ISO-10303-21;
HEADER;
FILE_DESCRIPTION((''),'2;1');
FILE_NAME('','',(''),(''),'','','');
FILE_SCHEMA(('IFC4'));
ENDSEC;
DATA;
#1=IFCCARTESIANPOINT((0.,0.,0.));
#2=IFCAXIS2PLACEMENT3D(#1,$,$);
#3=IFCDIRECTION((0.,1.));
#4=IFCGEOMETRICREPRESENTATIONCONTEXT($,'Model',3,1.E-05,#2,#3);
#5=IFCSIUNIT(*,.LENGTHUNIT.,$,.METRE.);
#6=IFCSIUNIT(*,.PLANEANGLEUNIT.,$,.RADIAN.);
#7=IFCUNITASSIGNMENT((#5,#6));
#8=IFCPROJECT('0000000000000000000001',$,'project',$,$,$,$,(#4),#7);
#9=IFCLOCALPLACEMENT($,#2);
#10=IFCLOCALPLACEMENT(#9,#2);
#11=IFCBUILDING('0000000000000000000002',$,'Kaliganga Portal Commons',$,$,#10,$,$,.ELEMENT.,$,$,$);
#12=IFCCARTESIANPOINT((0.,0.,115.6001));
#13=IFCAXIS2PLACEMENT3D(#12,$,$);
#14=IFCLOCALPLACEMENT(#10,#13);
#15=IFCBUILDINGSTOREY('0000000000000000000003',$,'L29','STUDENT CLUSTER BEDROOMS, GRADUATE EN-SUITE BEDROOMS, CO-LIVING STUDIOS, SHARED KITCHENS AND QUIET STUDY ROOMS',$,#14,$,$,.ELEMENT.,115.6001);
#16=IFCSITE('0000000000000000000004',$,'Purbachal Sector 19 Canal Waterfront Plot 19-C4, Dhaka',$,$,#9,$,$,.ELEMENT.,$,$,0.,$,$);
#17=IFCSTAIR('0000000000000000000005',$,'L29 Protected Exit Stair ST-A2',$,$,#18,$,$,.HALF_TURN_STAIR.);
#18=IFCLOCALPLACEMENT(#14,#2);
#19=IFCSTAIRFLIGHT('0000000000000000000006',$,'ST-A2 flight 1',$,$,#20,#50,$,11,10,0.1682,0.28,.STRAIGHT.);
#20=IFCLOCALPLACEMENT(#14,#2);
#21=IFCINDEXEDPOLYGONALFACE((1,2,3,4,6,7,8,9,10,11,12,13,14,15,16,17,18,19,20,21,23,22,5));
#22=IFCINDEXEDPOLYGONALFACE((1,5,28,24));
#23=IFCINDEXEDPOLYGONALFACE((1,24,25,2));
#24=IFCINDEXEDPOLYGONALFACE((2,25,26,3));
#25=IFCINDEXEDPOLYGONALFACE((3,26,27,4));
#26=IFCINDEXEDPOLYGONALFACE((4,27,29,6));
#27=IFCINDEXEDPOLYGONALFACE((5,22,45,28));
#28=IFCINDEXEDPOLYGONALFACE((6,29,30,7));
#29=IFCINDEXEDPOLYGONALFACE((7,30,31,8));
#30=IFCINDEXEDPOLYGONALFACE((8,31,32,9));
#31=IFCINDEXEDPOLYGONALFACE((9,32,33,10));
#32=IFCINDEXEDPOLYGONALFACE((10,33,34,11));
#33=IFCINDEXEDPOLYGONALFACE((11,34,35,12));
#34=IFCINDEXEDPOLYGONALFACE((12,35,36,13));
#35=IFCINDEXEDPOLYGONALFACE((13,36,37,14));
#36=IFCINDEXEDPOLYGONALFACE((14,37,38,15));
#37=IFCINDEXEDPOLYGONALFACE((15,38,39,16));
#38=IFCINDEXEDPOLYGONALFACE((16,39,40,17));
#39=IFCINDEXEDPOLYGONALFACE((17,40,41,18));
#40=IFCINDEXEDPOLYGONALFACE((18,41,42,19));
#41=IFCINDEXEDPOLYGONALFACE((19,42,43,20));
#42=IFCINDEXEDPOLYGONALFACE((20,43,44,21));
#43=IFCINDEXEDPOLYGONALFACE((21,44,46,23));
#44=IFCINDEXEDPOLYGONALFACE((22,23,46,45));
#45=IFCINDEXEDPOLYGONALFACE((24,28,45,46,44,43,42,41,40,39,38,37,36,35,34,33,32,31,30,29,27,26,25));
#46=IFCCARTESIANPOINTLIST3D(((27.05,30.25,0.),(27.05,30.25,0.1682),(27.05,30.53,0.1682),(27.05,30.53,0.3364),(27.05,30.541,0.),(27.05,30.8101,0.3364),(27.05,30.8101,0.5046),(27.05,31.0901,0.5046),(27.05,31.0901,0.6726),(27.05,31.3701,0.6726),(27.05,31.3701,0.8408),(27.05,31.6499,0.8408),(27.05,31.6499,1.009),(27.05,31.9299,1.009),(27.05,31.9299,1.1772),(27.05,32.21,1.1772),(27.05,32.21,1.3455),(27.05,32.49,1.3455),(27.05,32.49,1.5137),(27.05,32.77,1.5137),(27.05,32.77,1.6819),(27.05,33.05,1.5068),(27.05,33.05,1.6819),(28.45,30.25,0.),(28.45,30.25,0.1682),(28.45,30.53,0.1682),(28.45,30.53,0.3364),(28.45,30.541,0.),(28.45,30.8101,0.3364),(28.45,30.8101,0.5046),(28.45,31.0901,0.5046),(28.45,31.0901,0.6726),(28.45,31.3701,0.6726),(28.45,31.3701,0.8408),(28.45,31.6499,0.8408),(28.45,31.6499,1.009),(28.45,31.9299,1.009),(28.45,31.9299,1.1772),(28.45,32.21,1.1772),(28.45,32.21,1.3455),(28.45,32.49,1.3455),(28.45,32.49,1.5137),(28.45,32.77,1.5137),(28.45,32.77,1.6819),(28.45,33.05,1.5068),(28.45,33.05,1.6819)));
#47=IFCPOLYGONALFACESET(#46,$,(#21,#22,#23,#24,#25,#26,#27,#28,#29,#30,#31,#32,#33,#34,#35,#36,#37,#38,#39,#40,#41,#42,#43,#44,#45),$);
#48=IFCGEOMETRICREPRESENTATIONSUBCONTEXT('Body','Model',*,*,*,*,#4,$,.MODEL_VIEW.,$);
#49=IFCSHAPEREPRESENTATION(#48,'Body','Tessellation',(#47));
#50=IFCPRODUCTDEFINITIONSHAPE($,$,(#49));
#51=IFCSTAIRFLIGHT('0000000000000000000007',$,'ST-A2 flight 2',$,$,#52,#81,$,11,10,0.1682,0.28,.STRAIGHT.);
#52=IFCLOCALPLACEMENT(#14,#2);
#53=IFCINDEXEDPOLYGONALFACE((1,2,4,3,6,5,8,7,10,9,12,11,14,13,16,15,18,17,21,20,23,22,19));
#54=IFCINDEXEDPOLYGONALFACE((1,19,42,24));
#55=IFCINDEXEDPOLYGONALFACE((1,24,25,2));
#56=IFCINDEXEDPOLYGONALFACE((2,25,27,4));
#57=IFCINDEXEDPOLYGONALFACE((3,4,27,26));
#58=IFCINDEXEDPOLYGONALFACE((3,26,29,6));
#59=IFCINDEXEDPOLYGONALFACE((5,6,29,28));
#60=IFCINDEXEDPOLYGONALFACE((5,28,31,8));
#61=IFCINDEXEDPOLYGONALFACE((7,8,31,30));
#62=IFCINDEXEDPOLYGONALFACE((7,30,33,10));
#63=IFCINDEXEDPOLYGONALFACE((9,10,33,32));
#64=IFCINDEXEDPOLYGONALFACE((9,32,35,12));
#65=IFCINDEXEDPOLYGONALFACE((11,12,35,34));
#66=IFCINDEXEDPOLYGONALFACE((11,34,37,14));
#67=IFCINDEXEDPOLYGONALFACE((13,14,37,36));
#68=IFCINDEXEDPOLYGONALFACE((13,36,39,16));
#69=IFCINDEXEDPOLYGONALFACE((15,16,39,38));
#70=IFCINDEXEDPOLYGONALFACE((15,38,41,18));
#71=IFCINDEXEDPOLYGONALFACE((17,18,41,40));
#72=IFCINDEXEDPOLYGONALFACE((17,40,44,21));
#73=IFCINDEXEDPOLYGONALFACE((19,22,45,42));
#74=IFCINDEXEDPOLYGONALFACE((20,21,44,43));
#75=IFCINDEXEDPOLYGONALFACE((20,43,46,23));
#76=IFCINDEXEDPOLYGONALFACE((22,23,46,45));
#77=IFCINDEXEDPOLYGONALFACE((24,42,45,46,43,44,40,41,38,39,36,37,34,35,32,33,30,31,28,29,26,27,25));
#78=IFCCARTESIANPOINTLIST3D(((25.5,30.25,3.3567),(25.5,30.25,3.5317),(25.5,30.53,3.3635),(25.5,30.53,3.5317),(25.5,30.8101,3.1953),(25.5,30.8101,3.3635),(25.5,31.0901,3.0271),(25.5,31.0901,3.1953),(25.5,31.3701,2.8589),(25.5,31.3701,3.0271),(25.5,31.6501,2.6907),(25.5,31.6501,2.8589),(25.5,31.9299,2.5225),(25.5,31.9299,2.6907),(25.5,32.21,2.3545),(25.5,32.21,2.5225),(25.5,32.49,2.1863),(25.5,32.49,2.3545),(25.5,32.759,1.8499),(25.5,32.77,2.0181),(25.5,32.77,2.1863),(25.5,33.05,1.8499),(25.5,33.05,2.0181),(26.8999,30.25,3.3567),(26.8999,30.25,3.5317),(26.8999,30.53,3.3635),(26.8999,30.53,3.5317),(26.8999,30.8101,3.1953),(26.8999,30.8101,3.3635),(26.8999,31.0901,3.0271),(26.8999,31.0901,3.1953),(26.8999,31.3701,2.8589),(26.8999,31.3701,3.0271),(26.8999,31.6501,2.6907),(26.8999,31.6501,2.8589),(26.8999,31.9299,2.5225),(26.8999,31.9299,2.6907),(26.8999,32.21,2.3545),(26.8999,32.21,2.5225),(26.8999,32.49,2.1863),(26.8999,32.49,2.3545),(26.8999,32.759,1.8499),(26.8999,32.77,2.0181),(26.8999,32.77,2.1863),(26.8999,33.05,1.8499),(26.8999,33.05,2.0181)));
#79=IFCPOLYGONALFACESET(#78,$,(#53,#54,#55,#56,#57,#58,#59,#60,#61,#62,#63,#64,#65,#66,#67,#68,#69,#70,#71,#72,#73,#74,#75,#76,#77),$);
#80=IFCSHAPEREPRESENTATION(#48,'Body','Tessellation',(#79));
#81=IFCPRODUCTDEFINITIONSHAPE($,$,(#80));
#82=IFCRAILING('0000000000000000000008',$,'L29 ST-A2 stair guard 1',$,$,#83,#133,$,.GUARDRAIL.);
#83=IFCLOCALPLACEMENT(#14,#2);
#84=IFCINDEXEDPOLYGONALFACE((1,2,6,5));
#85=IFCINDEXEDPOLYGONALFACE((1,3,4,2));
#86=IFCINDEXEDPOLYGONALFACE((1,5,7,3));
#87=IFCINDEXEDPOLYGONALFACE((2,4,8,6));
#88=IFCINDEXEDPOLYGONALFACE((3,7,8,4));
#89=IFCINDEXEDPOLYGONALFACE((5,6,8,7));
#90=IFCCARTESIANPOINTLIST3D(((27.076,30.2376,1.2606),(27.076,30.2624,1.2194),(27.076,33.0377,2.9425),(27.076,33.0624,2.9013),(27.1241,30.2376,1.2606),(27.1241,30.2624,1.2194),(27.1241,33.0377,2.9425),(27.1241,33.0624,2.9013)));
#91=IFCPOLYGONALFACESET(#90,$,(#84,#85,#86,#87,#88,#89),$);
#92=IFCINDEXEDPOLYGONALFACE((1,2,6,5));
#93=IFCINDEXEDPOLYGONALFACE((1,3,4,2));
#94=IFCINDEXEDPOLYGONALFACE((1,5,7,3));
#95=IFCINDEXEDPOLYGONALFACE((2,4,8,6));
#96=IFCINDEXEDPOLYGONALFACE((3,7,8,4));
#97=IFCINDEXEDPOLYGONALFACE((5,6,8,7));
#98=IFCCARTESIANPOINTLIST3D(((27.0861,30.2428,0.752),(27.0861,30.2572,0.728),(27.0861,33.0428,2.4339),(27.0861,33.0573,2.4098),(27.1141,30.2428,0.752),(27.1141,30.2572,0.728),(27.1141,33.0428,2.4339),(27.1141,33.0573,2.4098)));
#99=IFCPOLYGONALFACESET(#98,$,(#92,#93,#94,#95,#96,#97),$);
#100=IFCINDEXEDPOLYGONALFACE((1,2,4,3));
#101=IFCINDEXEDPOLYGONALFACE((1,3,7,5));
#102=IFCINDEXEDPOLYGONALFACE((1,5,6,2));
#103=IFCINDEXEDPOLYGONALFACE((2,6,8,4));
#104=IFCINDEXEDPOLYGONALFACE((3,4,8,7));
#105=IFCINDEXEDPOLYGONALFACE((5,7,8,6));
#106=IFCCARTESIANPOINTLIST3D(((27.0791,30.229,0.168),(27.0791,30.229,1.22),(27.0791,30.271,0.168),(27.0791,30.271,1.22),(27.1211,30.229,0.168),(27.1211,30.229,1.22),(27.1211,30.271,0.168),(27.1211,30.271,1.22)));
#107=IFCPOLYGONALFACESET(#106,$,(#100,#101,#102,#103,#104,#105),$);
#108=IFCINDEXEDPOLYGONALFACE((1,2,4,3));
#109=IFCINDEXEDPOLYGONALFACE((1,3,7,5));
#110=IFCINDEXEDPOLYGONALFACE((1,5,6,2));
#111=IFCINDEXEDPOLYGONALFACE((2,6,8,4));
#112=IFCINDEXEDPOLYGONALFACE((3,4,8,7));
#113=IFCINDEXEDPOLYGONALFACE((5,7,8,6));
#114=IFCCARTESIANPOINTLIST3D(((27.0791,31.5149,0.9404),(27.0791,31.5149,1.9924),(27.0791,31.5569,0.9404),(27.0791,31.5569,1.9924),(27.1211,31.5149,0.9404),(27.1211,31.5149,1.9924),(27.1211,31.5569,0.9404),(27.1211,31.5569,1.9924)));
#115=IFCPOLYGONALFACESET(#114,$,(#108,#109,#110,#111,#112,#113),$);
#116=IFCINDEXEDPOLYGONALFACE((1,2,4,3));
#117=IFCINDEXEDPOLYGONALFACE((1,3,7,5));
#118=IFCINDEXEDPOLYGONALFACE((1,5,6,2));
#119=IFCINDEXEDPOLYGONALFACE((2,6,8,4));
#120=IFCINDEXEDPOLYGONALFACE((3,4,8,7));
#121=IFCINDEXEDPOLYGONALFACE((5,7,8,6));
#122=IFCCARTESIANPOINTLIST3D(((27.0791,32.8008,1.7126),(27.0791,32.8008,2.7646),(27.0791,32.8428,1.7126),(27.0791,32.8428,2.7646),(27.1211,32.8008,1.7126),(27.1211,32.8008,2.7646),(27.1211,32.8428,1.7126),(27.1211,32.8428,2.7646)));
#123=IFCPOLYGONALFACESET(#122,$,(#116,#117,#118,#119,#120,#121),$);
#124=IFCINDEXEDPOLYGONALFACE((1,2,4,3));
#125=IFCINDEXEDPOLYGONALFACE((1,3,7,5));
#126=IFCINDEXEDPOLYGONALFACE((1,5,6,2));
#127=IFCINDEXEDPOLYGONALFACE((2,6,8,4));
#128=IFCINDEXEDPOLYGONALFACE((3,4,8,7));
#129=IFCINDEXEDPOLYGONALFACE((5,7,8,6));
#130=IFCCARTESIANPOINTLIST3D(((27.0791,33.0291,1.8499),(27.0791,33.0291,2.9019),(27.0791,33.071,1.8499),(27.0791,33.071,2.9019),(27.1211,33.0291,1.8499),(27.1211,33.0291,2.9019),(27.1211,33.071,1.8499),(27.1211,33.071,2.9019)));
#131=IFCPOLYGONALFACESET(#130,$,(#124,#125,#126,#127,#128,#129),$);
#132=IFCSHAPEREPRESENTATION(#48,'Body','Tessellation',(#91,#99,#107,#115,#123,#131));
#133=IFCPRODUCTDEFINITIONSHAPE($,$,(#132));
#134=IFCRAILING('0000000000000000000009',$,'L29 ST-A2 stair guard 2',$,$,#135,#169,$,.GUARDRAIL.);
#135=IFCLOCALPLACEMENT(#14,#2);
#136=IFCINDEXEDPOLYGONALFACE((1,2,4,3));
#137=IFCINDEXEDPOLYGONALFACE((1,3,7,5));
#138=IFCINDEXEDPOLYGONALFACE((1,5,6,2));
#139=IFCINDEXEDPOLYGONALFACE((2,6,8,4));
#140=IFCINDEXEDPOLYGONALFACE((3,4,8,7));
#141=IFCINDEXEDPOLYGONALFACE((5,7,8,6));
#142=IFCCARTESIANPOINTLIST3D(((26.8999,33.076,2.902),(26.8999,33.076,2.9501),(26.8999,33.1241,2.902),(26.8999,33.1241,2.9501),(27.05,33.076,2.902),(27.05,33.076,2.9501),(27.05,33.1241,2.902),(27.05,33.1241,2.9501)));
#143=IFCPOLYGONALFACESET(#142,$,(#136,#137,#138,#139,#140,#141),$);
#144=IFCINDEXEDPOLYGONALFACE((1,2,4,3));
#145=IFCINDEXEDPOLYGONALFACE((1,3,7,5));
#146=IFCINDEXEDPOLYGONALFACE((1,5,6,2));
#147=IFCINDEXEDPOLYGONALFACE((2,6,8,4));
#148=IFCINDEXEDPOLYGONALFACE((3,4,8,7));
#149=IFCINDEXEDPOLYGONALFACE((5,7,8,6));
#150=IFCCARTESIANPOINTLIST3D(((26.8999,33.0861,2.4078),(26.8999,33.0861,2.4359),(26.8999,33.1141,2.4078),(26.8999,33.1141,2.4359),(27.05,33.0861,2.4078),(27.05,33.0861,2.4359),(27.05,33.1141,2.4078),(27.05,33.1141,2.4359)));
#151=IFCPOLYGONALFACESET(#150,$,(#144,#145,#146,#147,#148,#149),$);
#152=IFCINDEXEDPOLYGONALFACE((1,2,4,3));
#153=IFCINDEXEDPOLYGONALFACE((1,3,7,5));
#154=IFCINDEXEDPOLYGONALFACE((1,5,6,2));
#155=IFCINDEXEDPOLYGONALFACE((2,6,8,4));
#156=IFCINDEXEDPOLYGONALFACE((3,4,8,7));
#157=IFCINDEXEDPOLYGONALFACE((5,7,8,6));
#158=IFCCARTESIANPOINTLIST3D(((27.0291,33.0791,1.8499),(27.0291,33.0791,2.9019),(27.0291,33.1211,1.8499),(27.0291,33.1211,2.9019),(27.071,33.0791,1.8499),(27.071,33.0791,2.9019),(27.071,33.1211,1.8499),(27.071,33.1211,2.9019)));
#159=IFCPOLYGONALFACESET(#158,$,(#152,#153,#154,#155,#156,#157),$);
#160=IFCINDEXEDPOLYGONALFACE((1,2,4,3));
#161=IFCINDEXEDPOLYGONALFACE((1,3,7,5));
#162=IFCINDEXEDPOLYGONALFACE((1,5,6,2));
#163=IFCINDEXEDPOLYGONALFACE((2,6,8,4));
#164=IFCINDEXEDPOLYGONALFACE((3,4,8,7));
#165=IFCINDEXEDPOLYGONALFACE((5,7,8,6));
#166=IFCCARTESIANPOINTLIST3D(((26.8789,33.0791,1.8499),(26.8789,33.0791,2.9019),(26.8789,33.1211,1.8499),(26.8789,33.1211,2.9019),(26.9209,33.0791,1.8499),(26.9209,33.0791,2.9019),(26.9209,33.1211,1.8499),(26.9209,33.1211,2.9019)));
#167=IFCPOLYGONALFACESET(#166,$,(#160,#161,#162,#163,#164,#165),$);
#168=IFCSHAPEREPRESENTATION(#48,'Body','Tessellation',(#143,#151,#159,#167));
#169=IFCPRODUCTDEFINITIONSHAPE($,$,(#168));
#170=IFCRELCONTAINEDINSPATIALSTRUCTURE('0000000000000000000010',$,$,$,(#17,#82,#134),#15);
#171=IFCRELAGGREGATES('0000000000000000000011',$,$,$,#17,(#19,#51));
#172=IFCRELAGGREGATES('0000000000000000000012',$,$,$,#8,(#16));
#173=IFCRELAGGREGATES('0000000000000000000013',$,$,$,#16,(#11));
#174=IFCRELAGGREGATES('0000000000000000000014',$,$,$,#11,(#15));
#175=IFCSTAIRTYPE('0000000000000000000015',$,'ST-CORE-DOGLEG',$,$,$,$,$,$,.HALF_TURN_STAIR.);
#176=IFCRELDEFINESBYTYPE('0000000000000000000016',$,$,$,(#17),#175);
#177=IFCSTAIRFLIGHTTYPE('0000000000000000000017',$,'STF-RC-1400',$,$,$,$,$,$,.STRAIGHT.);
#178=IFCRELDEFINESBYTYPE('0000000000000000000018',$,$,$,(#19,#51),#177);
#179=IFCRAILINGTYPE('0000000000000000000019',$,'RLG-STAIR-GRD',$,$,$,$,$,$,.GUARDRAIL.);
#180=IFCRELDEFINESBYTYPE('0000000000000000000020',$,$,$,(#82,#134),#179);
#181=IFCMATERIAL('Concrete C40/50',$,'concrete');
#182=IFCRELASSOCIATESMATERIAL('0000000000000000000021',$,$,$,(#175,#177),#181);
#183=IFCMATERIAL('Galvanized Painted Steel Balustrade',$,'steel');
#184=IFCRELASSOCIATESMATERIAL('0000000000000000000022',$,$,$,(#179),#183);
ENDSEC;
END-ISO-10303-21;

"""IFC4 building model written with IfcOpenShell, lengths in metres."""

from ifc_helpers import new_model, si_unit, direction, frame, origin, origin_2d, place, context, subcontext, project, spatial, polyline, rectangle, outline, extrude, material, type_object, element, aggregate, save


model = new_model("IFC4")

# Units and contexts
model_context = context("Model", 3, precision=1e-05, world=origin(), true_north=direction((0.0, 1.0)))
body_context = subcontext(model_context, "Body", "Model", "MODEL_VIEW")
ifc_project = project(units=[si_unit("LENGTHUNIT", "METRE"), si_unit("PLANEANGLEUNIT", "RADIAN")], contexts=[model_context])

# Site, building, storey
site_placement = place(None, origin())
site = spatial("IfcSite", under=ifc_project, at=site_placement, Name="Purbachal Sector 19 Canal Waterfront Plot 19-C4, Dhaka", CompositionType="ELEMENT", RefElevation=0.0)
building_placement = place(site_placement, origin())
building = spatial("IfcBuilding", under=site, at=building_placement, Name="Kaliganga Portal Commons", CompositionType="ELEMENT")
storey_placement = place(building_placement, frame((0.0, 0.0, 115.6001)))
storey = spatial("IfcBuildingStorey", under=building, at=storey_placement, Name="L29", Description="STUDENT CLUSTER BEDROOMS, GRADUATE EN-SUITE BEDROOMS, CO-LIVING STUDIOS, SHARED KITCHENS AND QUIET STUDY ROOMS", CompositionType="ELEMENT", Elevation=115.6001)

# Stair, stair flights
ifc_material_1 = material(Name="Concrete C40/50", Category="concrete")
stair_type = type_object("IfcStairType", Name="ST-CORE-DOGLEG", PredefinedType="HALF_TURN_STAIR", material=ifc_material_1)
stair_placement = place(storey_placement, origin())
stair = element("IfcStair", 1, at=stair_placement, inside=storey, type_object=stair_type, Name="L29 Protected Exit Stair ST-A2", PredefinedType="HALF_TURN_STAIR")
stair_flight_type = type_object("IfcStairFlightType", Name="STF-RC-1400", PredefinedType="STRAIGHT", material=ifc_material_1)
stair_flight_1_placement = place(storey_placement, frame((27.75, 30.25, 0.0), z_axis=(0.0, 0.0, 1.0), x_axis=(0.0, 1.0, 0.0)))
stair_flight_1 = element("IfcStairFlight", 2, at=stair_flight_1_placement, type_object=stair_flight_type, Name="ST-A2 flight 1", NumberOfRisers=11, NumberOfTreads=10, PredefinedType="STRAIGHT", RiserHeight=0.1682, TreadLength=0.28, context=body_context, shape_type="SweptSolid", body=[
    extrude(outline(polyline([(0.0, 0.0), (0.0, 0.1682), (0.28, 0.1682), (0.28, 0.3364), (0.5601, 0.3364), (0.5601, 0.5046), (0.8401, 0.5046), (0.8401, 0.6726), (1.1201, 0.6726), (1.1201, 0.8408), (1.3999, 0.8408), (1.3999, 1.009), (1.6799, 1.009), (1.6799, 1.1772), (1.96, 1.1772), (1.96, 1.3455), (2.24, 1.3455), (2.24, 1.5137), (2.52, 1.5137), (2.52, 1.6819), (2.8, 1.6819), (2.8, 1.8501), (2.8, 1.5068), (0.291, 0.0), (0.0, 0.0)])), frame((0.0, 0.7, 0.0), z_axis=(0.0, -1.0, 0.0), x_axis=(1.0, 0.0, 0.0)), (0.0, 0.0, 1.0), 1.3999),
])
stair_flight_2_placement = place(storey_placement, frame((26.2, 33.05, 1.8499), z_axis=(0.0, 0.0, 1.0), x_axis=(0.0, -1.0, 0.0)))
stair_flight_2 = element("IfcStairFlight", 3, at=stair_flight_2_placement, type_object=stair_flight_type, Name="ST-A2 flight 2", NumberOfRisers=11, NumberOfTreads=10, PredefinedType="STRAIGHT", RiserHeight=0.1682, TreadLength=0.28, context=body_context, shape_type="SweptSolid", body=[
    extrude(outline(polyline([(0.0, 0.0), (0.0, 0.1682), (0.28, 0.1682), (0.28, 0.3364), (0.5601, 0.3364), (0.5601, 0.5046), (0.8401, 0.5046), (0.8401, 0.6726), (1.1201, 0.6726), (1.1201, 0.8408), (1.3999, 0.8408), (1.3999, 1.009), (1.6799, 1.009), (1.6799, 1.1772), (1.96, 1.1772), (1.96, 1.3455), (2.24, 1.3455), (2.24, 1.5137), (2.52, 1.5137), (2.52, 1.6819), (2.8, 1.6819), (2.8, 1.8501), (2.8, 1.5068), (0.291, 0.0), (0.0, 0.0)])), frame((0.0, 0.7, 0.0), z_axis=(0.0, -1.0, 0.0), x_axis=(1.0, 0.0, 0.0)), (0.0, 0.0, 1.0), 1.3999),
])
aggregate(stair, [stair_flight_1, stair_flight_2])

# Railings
ifc_material_2 = material(Name="Galvanized Painted Steel Balustrade", Category="steel")
railing_type_1 = type_object("IfcRailingType", Name="RLG-STAIR-GRD", PredefinedType="GUARDRAIL", material=ifc_material_2)
railing_1_placement = place(storey_placement, frame((27.1001, 30.25, 0.168)))
element("IfcRailing", 4, at=railing_1_placement, inside=storey, type_object=railing_type_1, Name="L29 ST-A2 stair guard 1", PredefinedType="GUARDRAIL", context=body_context, shape_type="SweptSolid", body=[
    extrude(rectangle(XDim=0.0481, YDim=0.0481, at=origin_2d()), frame((0.0, 0.0, 1.072), z_axis=(0.0, 0.857242, 0.514913), x_axis=(-1.0, 0.0, 0.0)), (0.0, 0.0, 1.0), 3.2664),
    extrude(rectangle(XDim=0.0281, YDim=0.0281, at=origin_2d()), frame((0.0, 0.0, 0.572), z_axis=(0.0, 0.857242, 0.514913), x_axis=(-1.0, 0.0, 0.0)), (0.0, 0.0, 1.0), 3.2664),
    extrude(rectangle(XDim=0.042, YDim=0.042, at=origin_2d()), origin(), (0.0, 0.0, 1.0), 1.052),
    extrude(rectangle(XDim=0.042, YDim=0.042, at=origin_2d()), frame((0.0, 1.2859, 0.7725)), (0.0, 0.0, 1.0), 1.052),
    extrude(rectangle(XDim=0.042, YDim=0.042, at=origin_2d()), frame((0.0, 2.5718, 1.5447)), (0.0, 0.0, 1.0), 1.052),
    extrude(rectangle(XDim=0.042, YDim=0.042, at=origin_2d()), frame((0.0, 2.8, 1.6819)), (0.0, 0.0, 1.0), 1.052),
])
railing_2_placement = place(storey_placement, frame((27.05, 33.1001, 1.8499)))
element("IfcRailing", 5, at=railing_2_placement, inside=storey, type_object=railing_type_1, Name="L29 ST-A2 stair guard 2", PredefinedType="GUARDRAIL", context=body_context, shape_type="SweptSolid", body=[
    extrude(rectangle(XDim=0.0481, YDim=0.0481, at=origin_2d()), frame((0.0, 0.0, 1.0762), z_axis=(-1.0, 0.0, 0.0), x_axis=(0.0, -1.0, 0.0)), (0.0, 0.0, 1.0), 0.1501),
    extrude(rectangle(XDim=0.0281, YDim=0.0281, at=origin_2d()), frame((0.0, 0.0, 0.572), z_axis=(-1.0, 0.0, 0.0), x_axis=(0.0, -1.0, 0.0)), (0.0, 0.0, 1.0), 0.1501),
    extrude(rectangle(XDim=0.042, YDim=0.042, at=origin_2d()), origin(), (0.0, 0.0, 1.0), 1.052),
    extrude(rectangle(XDim=0.042, YDim=0.042, at=origin_2d()), frame((-0.1501, 0.0, 0.0)), (0.0, 0.0, 1.0), 1.052),
])

save(model, "model.ifc")
